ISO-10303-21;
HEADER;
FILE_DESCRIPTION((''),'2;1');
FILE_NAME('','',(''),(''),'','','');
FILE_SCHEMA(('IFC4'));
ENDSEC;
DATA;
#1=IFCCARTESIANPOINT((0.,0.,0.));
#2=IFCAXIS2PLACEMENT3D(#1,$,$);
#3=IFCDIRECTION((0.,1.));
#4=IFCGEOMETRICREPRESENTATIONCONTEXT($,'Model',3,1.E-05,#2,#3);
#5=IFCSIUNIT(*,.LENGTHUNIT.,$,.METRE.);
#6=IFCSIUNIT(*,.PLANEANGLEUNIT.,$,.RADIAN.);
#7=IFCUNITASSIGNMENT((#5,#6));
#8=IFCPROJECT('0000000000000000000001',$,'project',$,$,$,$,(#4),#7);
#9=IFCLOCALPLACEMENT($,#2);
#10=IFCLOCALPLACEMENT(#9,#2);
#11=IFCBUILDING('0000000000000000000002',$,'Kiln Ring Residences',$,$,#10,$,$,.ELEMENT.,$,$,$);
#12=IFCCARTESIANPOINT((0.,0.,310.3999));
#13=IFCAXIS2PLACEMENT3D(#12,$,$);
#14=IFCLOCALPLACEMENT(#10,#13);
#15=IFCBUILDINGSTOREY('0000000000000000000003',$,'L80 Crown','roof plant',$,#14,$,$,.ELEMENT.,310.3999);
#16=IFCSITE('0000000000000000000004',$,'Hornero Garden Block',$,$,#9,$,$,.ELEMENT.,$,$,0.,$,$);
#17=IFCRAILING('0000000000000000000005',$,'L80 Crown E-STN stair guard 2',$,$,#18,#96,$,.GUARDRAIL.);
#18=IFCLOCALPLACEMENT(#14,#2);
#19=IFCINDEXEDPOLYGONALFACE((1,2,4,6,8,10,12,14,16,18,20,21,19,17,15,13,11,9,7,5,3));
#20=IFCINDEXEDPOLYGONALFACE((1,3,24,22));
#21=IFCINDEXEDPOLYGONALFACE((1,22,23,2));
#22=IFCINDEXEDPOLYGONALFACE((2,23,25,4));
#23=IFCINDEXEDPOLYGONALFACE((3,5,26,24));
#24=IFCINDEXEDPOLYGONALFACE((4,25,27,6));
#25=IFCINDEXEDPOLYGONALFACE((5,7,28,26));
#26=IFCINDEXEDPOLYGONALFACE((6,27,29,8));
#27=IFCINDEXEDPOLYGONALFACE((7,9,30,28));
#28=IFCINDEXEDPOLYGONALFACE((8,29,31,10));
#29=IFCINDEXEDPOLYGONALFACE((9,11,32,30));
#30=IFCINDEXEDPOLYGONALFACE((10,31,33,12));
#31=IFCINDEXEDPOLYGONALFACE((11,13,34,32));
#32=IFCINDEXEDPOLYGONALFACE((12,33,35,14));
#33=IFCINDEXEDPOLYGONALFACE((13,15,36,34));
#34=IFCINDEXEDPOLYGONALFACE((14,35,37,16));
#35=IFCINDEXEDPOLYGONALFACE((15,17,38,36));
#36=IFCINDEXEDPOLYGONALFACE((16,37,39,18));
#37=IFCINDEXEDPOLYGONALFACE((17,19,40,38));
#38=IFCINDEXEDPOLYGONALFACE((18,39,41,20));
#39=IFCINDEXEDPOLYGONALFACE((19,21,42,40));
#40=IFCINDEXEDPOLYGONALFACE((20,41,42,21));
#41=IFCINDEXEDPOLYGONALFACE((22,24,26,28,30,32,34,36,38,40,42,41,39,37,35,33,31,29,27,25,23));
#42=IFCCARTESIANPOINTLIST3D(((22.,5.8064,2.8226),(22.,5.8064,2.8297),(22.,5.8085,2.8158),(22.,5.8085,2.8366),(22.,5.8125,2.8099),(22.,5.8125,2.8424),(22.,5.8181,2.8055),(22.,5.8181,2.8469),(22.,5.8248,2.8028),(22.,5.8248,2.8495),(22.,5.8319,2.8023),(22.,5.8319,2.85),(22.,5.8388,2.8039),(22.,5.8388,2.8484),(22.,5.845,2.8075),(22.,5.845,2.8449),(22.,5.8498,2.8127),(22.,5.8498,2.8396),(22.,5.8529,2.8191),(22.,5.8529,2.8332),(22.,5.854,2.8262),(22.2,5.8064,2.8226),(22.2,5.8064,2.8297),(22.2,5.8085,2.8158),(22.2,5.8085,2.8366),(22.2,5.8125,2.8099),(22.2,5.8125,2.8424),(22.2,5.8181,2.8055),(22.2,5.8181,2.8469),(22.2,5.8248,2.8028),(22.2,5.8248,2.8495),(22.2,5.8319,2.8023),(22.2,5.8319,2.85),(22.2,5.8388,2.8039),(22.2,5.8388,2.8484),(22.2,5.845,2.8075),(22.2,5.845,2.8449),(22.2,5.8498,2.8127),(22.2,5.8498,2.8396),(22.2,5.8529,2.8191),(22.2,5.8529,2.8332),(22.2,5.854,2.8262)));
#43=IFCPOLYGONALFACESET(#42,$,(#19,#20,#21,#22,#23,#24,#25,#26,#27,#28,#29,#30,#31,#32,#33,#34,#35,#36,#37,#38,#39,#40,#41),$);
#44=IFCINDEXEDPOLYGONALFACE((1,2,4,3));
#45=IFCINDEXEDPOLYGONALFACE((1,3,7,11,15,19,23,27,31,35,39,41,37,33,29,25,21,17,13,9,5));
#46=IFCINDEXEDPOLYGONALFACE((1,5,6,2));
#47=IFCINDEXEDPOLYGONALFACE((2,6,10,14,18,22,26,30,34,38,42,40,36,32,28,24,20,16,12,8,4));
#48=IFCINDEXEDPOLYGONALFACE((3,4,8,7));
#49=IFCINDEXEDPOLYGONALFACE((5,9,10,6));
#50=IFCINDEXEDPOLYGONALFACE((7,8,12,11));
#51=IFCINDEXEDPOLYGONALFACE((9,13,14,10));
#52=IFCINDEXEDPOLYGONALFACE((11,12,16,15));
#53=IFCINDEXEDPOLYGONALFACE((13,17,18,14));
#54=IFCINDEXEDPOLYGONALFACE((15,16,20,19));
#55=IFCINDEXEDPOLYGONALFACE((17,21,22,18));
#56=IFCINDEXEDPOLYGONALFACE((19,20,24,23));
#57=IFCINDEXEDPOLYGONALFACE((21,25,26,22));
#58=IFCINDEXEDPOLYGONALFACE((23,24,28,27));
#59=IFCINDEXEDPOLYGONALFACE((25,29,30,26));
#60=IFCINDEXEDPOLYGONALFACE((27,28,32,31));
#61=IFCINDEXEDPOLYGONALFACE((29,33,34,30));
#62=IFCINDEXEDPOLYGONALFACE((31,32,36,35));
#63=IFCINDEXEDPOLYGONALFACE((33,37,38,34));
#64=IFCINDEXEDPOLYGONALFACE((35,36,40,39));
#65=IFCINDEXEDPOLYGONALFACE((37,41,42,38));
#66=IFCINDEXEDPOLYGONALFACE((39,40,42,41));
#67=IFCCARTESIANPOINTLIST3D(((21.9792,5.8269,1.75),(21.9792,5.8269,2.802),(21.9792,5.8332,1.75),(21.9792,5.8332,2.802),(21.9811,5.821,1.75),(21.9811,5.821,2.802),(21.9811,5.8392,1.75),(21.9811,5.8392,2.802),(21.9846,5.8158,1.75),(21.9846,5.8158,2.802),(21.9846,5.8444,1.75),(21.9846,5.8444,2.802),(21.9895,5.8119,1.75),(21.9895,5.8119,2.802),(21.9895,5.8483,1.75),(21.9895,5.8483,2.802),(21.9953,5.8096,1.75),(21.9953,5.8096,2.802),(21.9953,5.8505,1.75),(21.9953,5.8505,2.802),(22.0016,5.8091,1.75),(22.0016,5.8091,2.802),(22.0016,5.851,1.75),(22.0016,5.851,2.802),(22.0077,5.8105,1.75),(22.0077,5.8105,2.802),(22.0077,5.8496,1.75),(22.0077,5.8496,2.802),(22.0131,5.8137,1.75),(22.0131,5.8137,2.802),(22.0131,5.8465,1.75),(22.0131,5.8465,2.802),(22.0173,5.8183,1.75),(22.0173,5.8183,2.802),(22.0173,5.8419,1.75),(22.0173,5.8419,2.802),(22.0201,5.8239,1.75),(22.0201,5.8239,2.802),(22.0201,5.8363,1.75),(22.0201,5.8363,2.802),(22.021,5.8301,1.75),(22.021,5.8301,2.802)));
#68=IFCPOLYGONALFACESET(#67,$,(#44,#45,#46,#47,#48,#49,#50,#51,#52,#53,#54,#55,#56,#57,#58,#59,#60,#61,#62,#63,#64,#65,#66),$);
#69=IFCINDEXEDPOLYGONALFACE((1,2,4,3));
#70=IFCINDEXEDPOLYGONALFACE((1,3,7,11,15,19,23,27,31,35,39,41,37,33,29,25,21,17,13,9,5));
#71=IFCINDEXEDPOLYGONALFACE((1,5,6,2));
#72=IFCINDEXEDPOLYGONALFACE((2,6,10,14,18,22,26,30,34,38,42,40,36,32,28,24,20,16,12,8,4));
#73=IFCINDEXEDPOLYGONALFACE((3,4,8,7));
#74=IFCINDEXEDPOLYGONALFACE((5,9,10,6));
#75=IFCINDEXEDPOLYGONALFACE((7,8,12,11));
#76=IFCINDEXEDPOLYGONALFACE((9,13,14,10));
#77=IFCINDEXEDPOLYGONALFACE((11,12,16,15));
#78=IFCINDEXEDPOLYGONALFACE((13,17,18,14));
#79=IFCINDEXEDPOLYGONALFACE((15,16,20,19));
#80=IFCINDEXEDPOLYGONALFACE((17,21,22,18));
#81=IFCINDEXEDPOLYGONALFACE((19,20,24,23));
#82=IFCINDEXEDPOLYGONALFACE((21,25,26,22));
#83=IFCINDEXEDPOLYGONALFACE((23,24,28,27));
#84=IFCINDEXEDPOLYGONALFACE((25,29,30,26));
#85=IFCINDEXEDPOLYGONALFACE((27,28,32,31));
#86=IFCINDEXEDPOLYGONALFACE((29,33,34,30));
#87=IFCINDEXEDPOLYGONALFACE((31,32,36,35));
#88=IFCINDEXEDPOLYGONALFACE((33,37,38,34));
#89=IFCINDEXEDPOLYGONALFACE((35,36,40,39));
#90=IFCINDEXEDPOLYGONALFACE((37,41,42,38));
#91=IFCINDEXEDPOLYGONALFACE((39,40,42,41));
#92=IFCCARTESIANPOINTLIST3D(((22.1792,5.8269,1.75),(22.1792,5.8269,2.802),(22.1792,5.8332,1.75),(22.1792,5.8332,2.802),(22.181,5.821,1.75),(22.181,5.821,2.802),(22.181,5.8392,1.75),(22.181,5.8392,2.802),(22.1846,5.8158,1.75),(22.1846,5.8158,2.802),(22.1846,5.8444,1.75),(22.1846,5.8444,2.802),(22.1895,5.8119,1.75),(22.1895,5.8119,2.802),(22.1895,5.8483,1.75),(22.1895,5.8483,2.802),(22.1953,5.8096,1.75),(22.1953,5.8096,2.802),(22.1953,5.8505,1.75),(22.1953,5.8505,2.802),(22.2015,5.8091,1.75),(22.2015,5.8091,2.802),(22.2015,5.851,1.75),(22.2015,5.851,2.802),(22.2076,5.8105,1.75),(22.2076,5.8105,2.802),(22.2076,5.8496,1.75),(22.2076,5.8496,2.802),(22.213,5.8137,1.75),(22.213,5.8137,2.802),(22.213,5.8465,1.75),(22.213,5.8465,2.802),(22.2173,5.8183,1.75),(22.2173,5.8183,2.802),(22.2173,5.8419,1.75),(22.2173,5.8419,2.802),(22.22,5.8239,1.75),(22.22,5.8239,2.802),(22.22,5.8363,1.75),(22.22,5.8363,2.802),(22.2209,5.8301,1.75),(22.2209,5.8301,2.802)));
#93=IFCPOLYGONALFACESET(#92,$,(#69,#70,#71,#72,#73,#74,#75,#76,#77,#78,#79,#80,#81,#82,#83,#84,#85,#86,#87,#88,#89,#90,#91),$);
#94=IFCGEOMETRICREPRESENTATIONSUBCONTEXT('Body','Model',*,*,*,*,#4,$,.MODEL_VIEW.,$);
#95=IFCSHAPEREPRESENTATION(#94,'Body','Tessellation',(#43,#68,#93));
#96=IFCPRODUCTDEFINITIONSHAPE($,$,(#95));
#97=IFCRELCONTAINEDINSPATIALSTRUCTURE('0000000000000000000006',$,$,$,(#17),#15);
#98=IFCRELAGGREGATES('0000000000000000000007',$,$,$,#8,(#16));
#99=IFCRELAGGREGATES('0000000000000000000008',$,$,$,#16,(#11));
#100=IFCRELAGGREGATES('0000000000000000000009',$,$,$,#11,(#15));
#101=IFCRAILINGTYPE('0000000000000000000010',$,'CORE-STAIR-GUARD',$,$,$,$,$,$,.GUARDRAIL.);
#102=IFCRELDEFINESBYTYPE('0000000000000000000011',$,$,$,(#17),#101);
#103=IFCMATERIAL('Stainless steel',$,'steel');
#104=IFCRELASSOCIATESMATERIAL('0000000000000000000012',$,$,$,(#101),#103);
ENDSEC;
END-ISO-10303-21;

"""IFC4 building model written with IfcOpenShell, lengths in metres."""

from ifc_helpers import new_model, si_unit, direction, frame, origin, origin_2d, place, context, subcontext, project, spatial, circle, extrude, material, type_object, element, save


model = new_model("IFC4")

# Units and contexts
model_context = context("Model", 3, precision=1e-05, world=origin(), true_north=direction((0.0, 1.0)))
body_context = subcontext(model_context, "Body", "Model", "MODEL_VIEW")
ifc_project = project(units=[si_unit("LENGTHUNIT", "METRE"), si_unit("PLANEANGLEUNIT", "RADIAN")], contexts=[model_context])

# Site, building, storey
site_placement = place(None, origin())
site = spatial("IfcSite", under=ifc_project, at=site_placement, Name="Hornero Garden Block", CompositionType="ELEMENT", RefElevation=0.0)
building_placement = place(site_placement, origin())
building = spatial("IfcBuilding", under=site, at=building_placement, Name="Kiln Ring Residences", CompositionType="ELEMENT")
storey_placement = place(building_placement, frame((0.0, 0.0, 310.3999)))
storey = spatial("IfcBuildingStorey", under=building, at=storey_placement, Name="L80 Crown", Description="roof plant", CompositionType="ELEMENT", Elevation=310.3999)

# Railing
ifc_material_1 = material(Name="Stainless steel", Category="steel")
railing_type_1 = type_object("IfcRailingType", Name="CORE-STAIR-GUARD", PredefinedType="GUARDRAIL", material=ifc_material_1)
railing_1_placement = place(storey_placement, frame((22.0, 5.8301, 1.75)))
element("IfcRailing", 1, at=railing_1_placement, inside=storey, type_object=railing_type_1, Name="L80 Crown E-STN stair guard 2", PredefinedType="GUARDRAIL", context=body_context, shape_type="SweptSolid", body=[
    extrude(circle(Radius=0.0239, at=origin_2d()), frame((0.0, 0.0, 1.0762), z_axis=(1.0, 0.0, 0.0), x_axis=(0.0, 1.0, 0.0)), (0.0, 0.0, 1.0), 0.2),
    extrude(circle(Radius=0.021, at=origin_2d()), origin(), (0.0, 0.0, 1.0), 1.052),
    extrude(circle(Radius=0.021, at=origin_2d()), frame((0.2, 0.0, 0.0)), (0.0, 0.0, 1.0), 1.052),
])

save(model, "model.ifc")
